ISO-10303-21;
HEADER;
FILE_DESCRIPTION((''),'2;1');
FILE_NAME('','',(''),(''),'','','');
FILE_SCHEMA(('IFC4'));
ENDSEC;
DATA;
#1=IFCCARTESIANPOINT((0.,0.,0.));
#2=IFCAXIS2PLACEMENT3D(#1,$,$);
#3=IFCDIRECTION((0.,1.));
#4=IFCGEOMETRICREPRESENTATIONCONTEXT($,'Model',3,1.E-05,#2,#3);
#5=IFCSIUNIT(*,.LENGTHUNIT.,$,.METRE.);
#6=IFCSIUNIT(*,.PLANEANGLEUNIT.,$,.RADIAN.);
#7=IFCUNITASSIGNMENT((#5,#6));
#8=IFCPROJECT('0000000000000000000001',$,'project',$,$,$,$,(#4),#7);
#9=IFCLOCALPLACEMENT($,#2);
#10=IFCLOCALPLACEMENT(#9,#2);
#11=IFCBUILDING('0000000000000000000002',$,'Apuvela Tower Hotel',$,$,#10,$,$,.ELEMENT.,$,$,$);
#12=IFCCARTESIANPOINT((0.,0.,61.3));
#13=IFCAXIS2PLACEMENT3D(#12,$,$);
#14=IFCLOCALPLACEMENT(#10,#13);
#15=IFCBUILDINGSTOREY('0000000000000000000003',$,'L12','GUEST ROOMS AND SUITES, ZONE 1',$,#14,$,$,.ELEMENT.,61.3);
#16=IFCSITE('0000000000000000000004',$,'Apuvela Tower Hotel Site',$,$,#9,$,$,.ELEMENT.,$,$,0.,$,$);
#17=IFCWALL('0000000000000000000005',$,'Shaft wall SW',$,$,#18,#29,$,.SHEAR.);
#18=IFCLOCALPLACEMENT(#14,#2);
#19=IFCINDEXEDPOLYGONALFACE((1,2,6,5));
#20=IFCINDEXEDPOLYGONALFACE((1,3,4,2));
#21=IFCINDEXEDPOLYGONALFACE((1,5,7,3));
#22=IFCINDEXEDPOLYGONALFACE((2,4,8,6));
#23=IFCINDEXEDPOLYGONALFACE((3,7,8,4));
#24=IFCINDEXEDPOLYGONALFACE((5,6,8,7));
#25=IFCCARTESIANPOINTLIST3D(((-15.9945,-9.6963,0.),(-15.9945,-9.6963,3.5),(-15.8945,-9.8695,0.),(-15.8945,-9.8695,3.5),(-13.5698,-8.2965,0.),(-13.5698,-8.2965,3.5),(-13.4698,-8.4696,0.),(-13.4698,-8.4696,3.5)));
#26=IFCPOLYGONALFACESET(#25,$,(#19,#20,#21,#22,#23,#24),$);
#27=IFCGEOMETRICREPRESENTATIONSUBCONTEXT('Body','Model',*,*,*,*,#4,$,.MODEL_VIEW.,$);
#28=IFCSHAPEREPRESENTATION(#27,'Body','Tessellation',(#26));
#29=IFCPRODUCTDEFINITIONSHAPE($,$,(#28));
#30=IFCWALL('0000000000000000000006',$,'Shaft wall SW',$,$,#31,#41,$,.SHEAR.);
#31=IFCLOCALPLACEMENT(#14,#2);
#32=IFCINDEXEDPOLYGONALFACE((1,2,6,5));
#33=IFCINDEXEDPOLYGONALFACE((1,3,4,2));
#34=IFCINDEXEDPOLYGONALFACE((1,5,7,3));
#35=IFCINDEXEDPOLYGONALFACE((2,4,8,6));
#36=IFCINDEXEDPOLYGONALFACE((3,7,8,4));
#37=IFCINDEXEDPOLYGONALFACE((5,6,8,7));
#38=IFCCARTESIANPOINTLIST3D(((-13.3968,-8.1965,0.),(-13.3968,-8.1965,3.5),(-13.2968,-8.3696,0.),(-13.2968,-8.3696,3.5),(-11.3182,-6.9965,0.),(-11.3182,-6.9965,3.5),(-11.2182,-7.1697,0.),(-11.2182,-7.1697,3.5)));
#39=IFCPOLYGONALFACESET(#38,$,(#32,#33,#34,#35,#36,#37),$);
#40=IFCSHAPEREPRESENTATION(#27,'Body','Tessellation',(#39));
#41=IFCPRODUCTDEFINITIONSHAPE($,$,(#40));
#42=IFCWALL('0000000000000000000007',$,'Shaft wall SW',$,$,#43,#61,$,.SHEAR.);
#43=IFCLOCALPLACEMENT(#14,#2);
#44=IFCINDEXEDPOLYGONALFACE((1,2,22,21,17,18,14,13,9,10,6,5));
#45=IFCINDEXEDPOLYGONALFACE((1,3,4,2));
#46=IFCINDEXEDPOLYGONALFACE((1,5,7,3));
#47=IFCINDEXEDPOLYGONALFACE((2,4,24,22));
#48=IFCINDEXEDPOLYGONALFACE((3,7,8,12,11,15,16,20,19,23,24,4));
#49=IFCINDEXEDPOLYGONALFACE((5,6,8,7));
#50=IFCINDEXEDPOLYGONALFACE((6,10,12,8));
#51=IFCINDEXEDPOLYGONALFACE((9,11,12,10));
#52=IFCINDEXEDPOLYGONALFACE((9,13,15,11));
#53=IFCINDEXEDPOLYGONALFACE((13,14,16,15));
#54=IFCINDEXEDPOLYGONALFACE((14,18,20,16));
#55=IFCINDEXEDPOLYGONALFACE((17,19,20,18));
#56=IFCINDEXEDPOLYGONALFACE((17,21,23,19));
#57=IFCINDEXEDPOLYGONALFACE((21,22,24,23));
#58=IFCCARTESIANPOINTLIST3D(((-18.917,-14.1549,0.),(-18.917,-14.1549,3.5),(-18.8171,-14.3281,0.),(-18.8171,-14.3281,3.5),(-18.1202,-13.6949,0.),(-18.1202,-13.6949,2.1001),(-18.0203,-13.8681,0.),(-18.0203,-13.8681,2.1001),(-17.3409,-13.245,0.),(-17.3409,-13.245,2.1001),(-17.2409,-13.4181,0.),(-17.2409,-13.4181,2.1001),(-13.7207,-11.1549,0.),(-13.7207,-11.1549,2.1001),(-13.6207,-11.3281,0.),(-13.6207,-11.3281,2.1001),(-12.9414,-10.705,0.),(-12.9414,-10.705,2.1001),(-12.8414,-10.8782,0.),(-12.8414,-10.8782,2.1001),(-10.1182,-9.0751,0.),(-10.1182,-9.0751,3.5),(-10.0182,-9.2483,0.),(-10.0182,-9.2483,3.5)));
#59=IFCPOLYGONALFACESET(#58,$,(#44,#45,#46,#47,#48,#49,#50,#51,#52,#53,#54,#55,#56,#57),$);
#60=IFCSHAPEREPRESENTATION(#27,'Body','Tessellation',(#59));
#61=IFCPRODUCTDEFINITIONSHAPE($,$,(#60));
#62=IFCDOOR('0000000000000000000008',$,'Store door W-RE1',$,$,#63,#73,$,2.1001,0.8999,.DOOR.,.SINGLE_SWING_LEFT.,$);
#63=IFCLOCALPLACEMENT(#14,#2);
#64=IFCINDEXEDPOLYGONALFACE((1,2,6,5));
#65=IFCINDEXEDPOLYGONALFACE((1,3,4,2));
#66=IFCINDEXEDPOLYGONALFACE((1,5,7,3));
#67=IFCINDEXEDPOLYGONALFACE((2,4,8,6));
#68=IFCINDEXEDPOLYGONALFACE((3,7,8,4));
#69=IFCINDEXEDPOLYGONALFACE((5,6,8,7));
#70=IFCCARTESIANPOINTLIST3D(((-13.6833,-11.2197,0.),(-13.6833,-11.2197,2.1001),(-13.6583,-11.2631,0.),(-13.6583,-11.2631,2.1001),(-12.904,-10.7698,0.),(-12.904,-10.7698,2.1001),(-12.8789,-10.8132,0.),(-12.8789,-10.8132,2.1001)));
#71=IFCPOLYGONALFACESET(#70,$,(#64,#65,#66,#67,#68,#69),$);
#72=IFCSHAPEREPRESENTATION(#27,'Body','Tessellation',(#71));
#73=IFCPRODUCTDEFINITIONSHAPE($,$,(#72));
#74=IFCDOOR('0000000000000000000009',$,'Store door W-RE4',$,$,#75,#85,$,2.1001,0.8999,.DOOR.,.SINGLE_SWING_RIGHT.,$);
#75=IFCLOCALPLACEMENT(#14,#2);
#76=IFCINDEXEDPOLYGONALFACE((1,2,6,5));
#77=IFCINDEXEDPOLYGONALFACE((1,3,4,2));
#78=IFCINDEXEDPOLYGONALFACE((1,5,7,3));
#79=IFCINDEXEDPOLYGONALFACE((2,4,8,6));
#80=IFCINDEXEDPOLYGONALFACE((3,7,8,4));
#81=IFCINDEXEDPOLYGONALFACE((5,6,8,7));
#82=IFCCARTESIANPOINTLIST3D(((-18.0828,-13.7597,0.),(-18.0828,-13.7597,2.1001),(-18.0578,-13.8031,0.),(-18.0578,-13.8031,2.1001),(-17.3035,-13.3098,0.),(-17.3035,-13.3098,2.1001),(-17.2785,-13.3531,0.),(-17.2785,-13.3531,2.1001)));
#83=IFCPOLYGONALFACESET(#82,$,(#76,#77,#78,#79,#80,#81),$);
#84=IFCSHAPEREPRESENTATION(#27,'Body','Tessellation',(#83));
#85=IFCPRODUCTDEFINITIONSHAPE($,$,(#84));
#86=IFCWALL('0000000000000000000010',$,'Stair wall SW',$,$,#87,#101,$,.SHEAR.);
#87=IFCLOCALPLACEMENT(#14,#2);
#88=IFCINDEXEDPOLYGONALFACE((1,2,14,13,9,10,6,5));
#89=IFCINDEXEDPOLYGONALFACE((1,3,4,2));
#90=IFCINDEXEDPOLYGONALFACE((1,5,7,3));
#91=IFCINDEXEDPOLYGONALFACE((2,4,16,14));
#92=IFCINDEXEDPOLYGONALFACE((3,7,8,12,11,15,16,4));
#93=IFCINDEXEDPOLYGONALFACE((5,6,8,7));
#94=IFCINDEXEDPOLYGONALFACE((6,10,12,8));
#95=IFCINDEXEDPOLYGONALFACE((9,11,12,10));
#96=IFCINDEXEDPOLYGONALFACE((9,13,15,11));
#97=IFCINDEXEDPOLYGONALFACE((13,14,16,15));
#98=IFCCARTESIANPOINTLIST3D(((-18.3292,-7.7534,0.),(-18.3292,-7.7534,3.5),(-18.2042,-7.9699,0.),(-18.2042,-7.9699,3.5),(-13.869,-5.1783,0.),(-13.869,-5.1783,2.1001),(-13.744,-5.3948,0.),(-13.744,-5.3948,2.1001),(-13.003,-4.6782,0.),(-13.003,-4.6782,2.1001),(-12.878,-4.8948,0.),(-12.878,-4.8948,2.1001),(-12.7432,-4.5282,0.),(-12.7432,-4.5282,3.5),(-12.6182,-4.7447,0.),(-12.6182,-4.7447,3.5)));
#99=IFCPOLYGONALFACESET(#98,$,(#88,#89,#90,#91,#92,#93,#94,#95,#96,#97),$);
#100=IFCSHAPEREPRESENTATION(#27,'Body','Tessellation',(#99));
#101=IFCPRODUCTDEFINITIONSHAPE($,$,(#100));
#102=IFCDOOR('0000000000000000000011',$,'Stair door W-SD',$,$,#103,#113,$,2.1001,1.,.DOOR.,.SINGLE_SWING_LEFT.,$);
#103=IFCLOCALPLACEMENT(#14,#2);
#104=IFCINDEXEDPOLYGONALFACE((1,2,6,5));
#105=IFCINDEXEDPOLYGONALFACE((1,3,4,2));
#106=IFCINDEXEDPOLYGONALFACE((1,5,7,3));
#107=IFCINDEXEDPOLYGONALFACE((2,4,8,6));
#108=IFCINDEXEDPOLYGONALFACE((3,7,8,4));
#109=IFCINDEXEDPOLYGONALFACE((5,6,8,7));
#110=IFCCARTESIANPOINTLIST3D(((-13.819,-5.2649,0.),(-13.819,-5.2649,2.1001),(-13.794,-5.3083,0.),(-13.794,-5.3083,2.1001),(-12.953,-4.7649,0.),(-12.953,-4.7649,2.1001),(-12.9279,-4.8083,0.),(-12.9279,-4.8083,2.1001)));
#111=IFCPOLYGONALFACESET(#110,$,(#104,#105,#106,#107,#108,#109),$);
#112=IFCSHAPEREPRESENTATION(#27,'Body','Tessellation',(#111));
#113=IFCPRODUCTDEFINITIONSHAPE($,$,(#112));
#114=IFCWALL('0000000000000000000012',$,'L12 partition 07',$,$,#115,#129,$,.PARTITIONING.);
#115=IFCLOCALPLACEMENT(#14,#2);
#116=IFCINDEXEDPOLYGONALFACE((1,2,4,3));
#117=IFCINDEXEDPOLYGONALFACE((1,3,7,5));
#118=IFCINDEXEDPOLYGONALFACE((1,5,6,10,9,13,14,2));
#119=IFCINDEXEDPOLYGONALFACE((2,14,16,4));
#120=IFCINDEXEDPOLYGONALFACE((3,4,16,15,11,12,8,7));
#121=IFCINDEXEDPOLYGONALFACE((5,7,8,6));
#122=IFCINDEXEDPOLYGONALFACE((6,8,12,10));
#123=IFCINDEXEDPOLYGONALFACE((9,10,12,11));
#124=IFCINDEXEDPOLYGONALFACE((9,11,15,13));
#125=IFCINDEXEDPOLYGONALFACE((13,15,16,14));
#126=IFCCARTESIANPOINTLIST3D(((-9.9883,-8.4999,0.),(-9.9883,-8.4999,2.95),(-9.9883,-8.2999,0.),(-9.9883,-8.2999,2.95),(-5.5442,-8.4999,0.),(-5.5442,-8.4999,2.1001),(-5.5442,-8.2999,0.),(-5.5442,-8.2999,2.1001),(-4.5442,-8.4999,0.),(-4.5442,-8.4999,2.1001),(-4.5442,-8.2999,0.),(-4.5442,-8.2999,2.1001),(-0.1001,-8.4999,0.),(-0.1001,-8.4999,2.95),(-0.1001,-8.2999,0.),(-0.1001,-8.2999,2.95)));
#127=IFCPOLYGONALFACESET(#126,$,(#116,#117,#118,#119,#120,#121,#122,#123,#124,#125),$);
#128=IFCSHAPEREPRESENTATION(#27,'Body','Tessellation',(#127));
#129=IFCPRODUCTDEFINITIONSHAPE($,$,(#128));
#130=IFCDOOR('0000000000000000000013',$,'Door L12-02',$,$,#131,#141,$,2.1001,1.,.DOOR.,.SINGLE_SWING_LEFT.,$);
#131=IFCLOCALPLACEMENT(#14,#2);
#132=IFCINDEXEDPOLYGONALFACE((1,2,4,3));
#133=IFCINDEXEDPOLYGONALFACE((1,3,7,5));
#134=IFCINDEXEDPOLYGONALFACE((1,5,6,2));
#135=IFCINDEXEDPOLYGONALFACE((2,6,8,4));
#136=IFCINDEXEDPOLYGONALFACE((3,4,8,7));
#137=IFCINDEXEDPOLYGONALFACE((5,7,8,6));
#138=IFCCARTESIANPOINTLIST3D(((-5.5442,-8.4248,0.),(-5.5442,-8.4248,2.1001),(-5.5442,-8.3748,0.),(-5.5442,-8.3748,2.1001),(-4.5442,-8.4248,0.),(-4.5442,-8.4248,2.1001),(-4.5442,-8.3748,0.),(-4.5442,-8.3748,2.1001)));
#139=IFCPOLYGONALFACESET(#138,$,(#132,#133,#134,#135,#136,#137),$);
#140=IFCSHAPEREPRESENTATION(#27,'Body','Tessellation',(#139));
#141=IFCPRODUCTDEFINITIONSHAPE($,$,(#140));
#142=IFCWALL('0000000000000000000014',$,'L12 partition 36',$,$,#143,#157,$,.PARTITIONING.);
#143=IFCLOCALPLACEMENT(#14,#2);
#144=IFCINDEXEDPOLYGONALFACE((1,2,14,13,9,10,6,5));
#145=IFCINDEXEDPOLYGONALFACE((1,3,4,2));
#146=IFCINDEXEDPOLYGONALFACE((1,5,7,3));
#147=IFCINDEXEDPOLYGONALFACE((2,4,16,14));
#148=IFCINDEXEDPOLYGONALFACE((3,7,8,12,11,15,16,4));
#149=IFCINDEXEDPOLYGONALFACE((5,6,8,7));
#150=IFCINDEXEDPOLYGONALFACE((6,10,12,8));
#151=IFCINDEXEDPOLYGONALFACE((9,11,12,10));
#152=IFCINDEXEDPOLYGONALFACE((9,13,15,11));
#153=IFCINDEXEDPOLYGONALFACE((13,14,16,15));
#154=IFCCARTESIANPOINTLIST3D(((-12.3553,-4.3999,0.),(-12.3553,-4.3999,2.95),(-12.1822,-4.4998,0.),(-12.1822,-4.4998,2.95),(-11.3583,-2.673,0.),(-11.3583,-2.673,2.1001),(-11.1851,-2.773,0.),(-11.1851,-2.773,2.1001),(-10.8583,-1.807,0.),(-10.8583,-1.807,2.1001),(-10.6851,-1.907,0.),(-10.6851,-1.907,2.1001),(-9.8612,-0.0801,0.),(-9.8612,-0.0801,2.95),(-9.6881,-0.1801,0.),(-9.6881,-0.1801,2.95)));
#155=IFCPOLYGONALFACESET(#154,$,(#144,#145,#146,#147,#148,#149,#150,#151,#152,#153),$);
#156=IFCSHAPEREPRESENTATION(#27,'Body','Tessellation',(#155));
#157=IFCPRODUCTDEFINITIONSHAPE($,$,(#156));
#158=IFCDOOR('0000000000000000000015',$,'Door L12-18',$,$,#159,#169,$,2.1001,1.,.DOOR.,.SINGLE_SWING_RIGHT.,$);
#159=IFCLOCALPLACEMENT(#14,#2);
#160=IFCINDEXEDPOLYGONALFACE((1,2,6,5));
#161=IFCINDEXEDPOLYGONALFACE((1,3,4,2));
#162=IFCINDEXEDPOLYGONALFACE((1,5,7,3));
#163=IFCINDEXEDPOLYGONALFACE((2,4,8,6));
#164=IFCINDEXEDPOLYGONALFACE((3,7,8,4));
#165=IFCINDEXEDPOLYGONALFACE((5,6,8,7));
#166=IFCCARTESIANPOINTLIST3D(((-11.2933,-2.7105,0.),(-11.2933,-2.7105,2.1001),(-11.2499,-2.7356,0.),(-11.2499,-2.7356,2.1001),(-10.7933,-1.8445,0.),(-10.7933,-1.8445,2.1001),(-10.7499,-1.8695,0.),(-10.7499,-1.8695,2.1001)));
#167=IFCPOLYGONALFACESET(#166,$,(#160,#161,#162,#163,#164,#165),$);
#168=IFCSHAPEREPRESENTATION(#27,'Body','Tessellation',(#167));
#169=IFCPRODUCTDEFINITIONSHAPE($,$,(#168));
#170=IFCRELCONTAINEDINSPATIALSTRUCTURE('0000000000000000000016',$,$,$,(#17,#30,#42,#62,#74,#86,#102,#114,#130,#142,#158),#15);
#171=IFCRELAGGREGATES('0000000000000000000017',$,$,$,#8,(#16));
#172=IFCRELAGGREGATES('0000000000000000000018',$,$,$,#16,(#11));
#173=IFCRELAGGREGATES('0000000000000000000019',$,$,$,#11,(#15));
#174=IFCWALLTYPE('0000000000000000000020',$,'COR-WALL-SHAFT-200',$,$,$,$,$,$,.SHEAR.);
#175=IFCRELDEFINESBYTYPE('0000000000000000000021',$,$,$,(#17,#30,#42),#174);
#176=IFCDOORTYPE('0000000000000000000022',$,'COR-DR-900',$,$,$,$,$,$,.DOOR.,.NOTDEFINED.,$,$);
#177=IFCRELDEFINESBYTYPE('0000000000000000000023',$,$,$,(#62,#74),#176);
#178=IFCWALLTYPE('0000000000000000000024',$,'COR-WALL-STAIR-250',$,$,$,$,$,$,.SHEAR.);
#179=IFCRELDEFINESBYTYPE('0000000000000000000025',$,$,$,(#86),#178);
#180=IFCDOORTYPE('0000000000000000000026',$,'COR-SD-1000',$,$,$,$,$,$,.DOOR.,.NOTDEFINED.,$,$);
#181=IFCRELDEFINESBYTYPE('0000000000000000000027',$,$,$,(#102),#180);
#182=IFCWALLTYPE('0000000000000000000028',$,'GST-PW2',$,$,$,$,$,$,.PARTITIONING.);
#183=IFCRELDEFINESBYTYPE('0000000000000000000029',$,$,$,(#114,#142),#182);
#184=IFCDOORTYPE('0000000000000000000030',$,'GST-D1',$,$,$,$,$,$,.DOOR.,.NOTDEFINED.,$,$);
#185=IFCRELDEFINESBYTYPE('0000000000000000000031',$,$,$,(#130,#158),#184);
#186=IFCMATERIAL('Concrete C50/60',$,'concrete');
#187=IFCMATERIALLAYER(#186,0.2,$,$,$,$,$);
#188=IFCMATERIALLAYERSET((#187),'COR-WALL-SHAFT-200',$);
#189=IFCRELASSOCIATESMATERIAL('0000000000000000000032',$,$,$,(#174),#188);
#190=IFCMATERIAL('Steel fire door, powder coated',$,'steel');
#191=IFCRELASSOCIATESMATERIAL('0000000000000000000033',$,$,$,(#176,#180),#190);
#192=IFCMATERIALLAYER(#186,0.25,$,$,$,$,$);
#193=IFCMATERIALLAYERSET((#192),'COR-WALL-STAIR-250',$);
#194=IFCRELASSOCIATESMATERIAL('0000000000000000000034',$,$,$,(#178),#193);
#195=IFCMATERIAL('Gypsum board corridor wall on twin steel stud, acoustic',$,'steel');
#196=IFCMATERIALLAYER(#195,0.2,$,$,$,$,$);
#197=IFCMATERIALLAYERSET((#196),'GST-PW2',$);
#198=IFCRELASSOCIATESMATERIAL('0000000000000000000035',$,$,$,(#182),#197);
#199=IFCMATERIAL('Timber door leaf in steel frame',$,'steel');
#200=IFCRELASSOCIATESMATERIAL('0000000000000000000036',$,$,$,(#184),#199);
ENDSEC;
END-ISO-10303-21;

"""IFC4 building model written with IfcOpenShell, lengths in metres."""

from ifc_helpers import new_model, si_unit, direction, frame, frame_2d, origin, place, context, subcontext, project, spatial, rectangle, extrude, material, layer, layer_set, type_object, element, fill, save


model = new_model("IFC4")

# Units and contexts
model_context = context("Model", 3, precision=1e-05, world=origin(), true_north=direction((0.0, 1.0)))
body_context = subcontext(model_context, "Body", "Model", "MODEL_VIEW")
ifc_project = project(units=[si_unit("LENGTHUNIT", "METRE"), si_unit("PLANEANGLEUNIT", "RADIAN")], contexts=[model_context])

# Site, building, storey
site_placement = place(None, origin())
site = spatial("IfcSite", under=ifc_project, at=site_placement, Name="Apuvela Tower Hotel Site", CompositionType="ELEMENT", RefElevation=0.0)
building_placement = place(site_placement, origin())
building = spatial("IfcBuilding", under=site, at=building_placement, Name="Apuvela Tower Hotel", CompositionType="ELEMENT")
storey_placement = place(building_placement, frame((0.0, 0.0, 61.3)))
storey = spatial("IfcBuildingStorey", under=building, at=storey_placement, Name="L12", Description="GUEST ROOMS AND SUITES, ZONE 1", CompositionType="ELEMENT", Elevation=61.3)

# Shared definitions
ifc_material_1 = material(Name="Concrete C50/60", Category="concrete")
ifc_material_2 = material(Name="Steel fire door, powder coated", Category="steel")

# Shared definitions
ifc_layer_1 = layer(ifc_material_1, 0.2)
ifc_layer_set_1 = layer_set([ifc_layer_1], Name="COR-WALL-SHAFT-200")
wall_type_1 = type_object("IfcWallType", Name="COR-WALL-SHAFT-200", PredefinedType="SHEAR", material=ifc_layer_set_1)

# Walls
wall_1_placement = place(storey_placement, frame((-13.5198, -8.3831, 0.0), z_axis=(0.0, 0.0, 1.0), x_axis=(-0.866035, -0.499984, 0.0)))
element("IfcWall", 1, at=wall_1_placement, inside=storey, type_object=wall_type_1, Name="Shaft wall SW", PredefinedType="SHEAR", context=body_context, shape_type="SweptSolid", body=[
    extrude(rectangle(XDim=2.7998, YDim=0.2, at=frame_2d((1.3999, 0.0))), origin(), (0.0, 0.0, 1.0), 3.5),
])
wall_2_placement = place(storey_placement, frame((-11.2681, -7.083, 0.0), z_axis=(0.0, 0.0, 1.0), x_axis=(-0.86605, -0.499957, 0.0)))
element("IfcWall", 2, at=wall_2_placement, inside=storey, type_object=wall_type_1, Name="Shaft wall SW", PredefinedType="SHEAR", context=body_context, shape_type="SweptSolid", body=[
    extrude(rectangle(XDim=2.4001, YDim=0.2, at=frame_2d((1.2002, 0.0))), origin(), (0.0, 0.0, 1.0), 3.5),
])

# Wall, openings, doors
wall_3_placement = place(storey_placement, frame((-10.0681, -9.1616, 0.0), z_axis=(0.0, 0.0, 1.0), x_axis=(-0.866033, -0.499987, 0.0)))
wall_3 = element("IfcWall", 3, at=wall_3_placement, inside=storey, type_object=wall_type_1, Name="Shaft wall SW", PredefinedType="SHEAR", context=body_context, shape_type="SweptSolid", body=[
    extrude(rectangle(XDim=10.1599, YDim=0.2, at=frame_2d((5.0801, 0.0))), origin(), (0.0, 0.0, 1.0), 3.5),
])
opening_1_placement = place(wall_3_placement, frame((3.26, 0.0, 0.0)))
opening_1 = element("IfcOpeningElement", 4, at=opening_1_placement, cuts=wall_3, PredefinedType="OPENING", context=body_context, shape_type="SweptSolid", body=[
    extrude(rectangle(XDim=0.8999, YDim=2.1001, at=frame_2d((0.45, 1.05))), frame((0.0, 0.1099, 0.0), z_axis=(0.0, -1.0, 0.0), x_axis=(1.0, 0.0, 0.0)), (0.0, 0.0, 1.0), 0.22),
])
opening_2_placement = place(wall_3_placement, frame((8.3401, 0.0, 0.0)))
opening_2 = element("IfcOpeningElement", 5, at=opening_2_placement, cuts=wall_3, PredefinedType="OPENING", context=body_context, shape_type="SweptSolid", body=[
    extrude(rectangle(XDim=0.8999, YDim=2.1001, at=frame_2d((0.45, 1.05))), frame((0.0, 0.1099, 0.0), z_axis=(0.0, -1.0, 0.0), x_axis=(1.0, 0.0, 0.0)), (0.0, 0.0, 1.0), 0.22),
])
door_type_1 = type_object("IfcDoorType", Name="COR-DR-900", OperationType="NOTDEFINED", PredefinedType="DOOR", material=ifc_material_2)
door_1_placement = place(opening_1_placement, origin())
door_1 = element("IfcDoor", 6, at=door_1_placement, inside=storey, type_object=door_type_1, Name="Store door W-RE1", OperationType="SINGLE_SWING_LEFT", OverallHeight=2.1001, OverallWidth=0.8999, PredefinedType="DOOR", context=body_context, shape_type="SweptSolid", body=[
    extrude(rectangle(XDim=0.8999, YDim=2.1001, at=frame_2d((0.45, 1.05))), frame((0.0, 0.0249, 0.0), z_axis=(0.0, -1.0, 0.0), x_axis=(1.0, 0.0, 0.0)), (0.0, 0.0, 1.0), 0.05),
])
fill(opening_1, door_1)
door_2_placement = place(opening_2_placement, origin())
door_2 = element("IfcDoor", 7, at=door_2_placement, inside=storey, type_object=door_type_1, Name="Store door W-RE4", OperationType="SINGLE_SWING_RIGHT", OverallHeight=2.1001, OverallWidth=0.8999, PredefinedType="DOOR", context=body_context, shape_type="SweptSolid", body=[
    extrude(rectangle(XDim=0.8999, YDim=2.1001, at=frame_2d((0.45, 1.05))), frame((0.0, 0.0249, 0.0), z_axis=(0.0, -1.0, 0.0), x_axis=(1.0, 0.0, 0.0)), (0.0, 0.0, 1.0), 0.05),
])
fill(opening_2, door_2)

# Walls, openings, doors
ifc_layer_2 = layer(ifc_material_1, 0.25)
ifc_layer_set_2 = layer_set([ifc_layer_2], Name="COR-WALL-STAIR-250")
wall_type_2 = type_object("IfcWallType", Name="COR-WALL-STAIR-250", PredefinedType="SHEAR", material=ifc_layer_set_2)
wall_4_placement = place(storey_placement, frame((-12.6807, -4.6365, 0.0), z_axis=(0.0, 0.0, 1.0), x_axis=(-0.866022, -0.500006, 0.0)))
wall_4 = element("IfcWall", 8, at=wall_4_placement, inside=storey, type_object=wall_type_2, Name="Stair wall SW", PredefinedType="SHEAR", context=body_context, shape_type="SweptSolid", body=[
    extrude(rectangle(XDim=6.4502, YDim=0.25, at=frame_2d((3.2251, 0.0))), origin(), (0.0, 0.0, 1.0), 3.5),
])
opening_3_placement = place(wall_4_placement, frame((0.3, 0.0, 0.0)))
opening_3 = element("IfcOpeningElement", 9, at=opening_3_placement, cuts=wall_4, PredefinedType="OPENING", context=body_context, shape_type="SweptSolid", body=[
    extrude(rectangle(XDim=1.0, YDim=2.1001, at=frame_2d((0.5, 1.05))), frame((0.0, 0.135, 0.0), z_axis=(0.0, -1.0, 0.0), x_axis=(1.0, 0.0, 0.0)), (0.0, 0.0, 1.0), 0.27),
])
door_type_2 = type_object("IfcDoorType", Name="COR-SD-1000", OperationType="NOTDEFINED", PredefinedType="DOOR", material=ifc_material_2)
door_3_placement = place(opening_3_placement, frame((1.0, 0.0, 0.0), z_axis=(0.0, 0.0, 1.0), x_axis=(-1.0, 0.0, 0.0)))
door_3 = element("IfcDoor", 10, at=door_3_placement, inside=storey, type_object=door_type_2, Name="Stair door W-SD", OperationType="SINGLE_SWING_LEFT", OverallHeight=2.1001, OverallWidth=1.0, PredefinedType="DOOR", context=body_context, shape_type="SweptSolid", body=[
    extrude(rectangle(XDim=1.0, YDim=2.1001, at=frame_2d((0.5, 1.05))), frame((0.0, 0.0249, 0.0), z_axis=(0.0, -1.0, 0.0), x_axis=(1.0, 0.0, 0.0)), (0.0, 0.0, 1.0), 0.05),
])
fill(opening_3, door_3)
ifc_material_3 = material(Name="Gypsum board corridor wall on twin steel stud, acoustic", Category="steel")
ifc_layer_3 = layer(ifc_material_3, 0.2)
ifc_layer_set_3 = layer_set([ifc_layer_3], Name="GST-PW2")
wall_type_3 = type_object("IfcWallType", Name="GST-PW2", PredefinedType="PARTITIONING", material=ifc_layer_set_3)
wall_5_placement = place(storey_placement, frame((-0.1001, -8.3999, 0.0), z_axis=(0.0, 0.0, 1.0), x_axis=(-1.0, 0.0, 0.0)))
wall_5 = element("IfcWall", 11, at=wall_5_placement, inside=storey, type_object=wall_type_3, Name="L12 partition 07", PredefinedType="PARTITIONING", context=body_context, shape_type="SweptSolid", body=[
    extrude(rectangle(XDim=9.8882, YDim=0.2, at=frame_2d((4.9441, 0.0))), origin(), (0.0, 0.0, 1.0), 2.95),
])
opening_4_placement = place(wall_5_placement, frame((4.4441, 0.0, 0.0)))
opening_4 = element("IfcOpeningElement", 12, at=opening_4_placement, cuts=wall_5, PredefinedType="OPENING", context=body_context, shape_type="SweptSolid", body=[
    extrude(rectangle(XDim=1.0, YDim=2.1001, at=frame_2d((0.5, 1.05))), frame((0.0, 0.1099, 0.0), z_axis=(0.0, -1.0, 0.0), x_axis=(1.0, 0.0, 0.0)), (0.0, 0.0, 1.0), 0.22),
])
ifc_material_4 = material(Name="Timber door leaf in steel frame", Category="steel")
door_type_3 = type_object("IfcDoorType", Name="GST-D1", OperationType="NOTDEFINED", PredefinedType="DOOR", material=ifc_material_4)
door_4_placement = place(opening_4_placement, origin())
door_4 = element("IfcDoor", 13, at=door_4_placement, inside=storey, type_object=door_type_3, Name="Door L12-02", OperationType="SINGLE_SWING_LEFT", OverallHeight=2.1001, OverallWidth=1.0, PredefinedType="DOOR", context=body_context, shape_type="SweptSolid", body=[
    extrude(rectangle(XDim=1.0, YDim=2.1001, at=frame_2d((0.5, 1.05))), frame((0.0, 0.0249, 0.0), z_axis=(0.0, -1.0, 0.0), x_axis=(1.0, 0.0, 0.0)), (0.0, 0.0, 1.0), 0.05),
])
fill(opening_4, door_4)
wall_6_placement = place(storey_placement, frame((-12.2688, -4.45, 0.0), z_axis=(0.0, 0.0, 1.0), x_axis=(0.500013, 0.866018, 0.0)))
wall_6 = element("IfcWall", 14, at=wall_6_placement, inside=storey, type_object=wall_type_3, Name="L12 partition 36", PredefinedType="PARTITIONING", context=body_context, shape_type="SweptSolid", body=[
    extrude(rectangle(XDim=4.988, YDim=0.2, at=frame_2d((2.4941, 0.0))), origin(), (0.0, 0.0, 1.0), 2.95),
])
opening_5_placement = place(wall_6_placement, frame((1.9941, 0.0, 0.0)))
opening_5 = element("IfcOpeningElement", 15, at=opening_5_placement, cuts=wall_6, PredefinedType="OPENING", context=body_context, shape_type="SweptSolid", body=[
    extrude(rectangle(XDim=1.0, YDim=2.1001, at=frame_2d((0.5, 1.05))), frame((0.0, 0.1099, 0.0), z_axis=(0.0, -1.0, 0.0), x_axis=(1.0, 0.0, 0.0)), (0.0, 0.0, 1.0), 0.22),
])
door_5_placement = place(opening_5_placement, origin())
door_5 = element("IfcDoor", 16, at=door_5_placement, inside=storey, type_object=door_type_3, Name="Door L12-18", OperationType="SINGLE_SWING_RIGHT", OverallHeight=2.1001, OverallWidth=1.0, PredefinedType="DOOR", context=body_context, shape_type="SweptSolid", body=[
    extrude(rectangle(XDim=1.0, YDim=2.1001, at=frame_2d((0.5, 1.05))), frame((0.0, 0.0249, 0.0), z_axis=(0.0, -1.0, 0.0), x_axis=(1.0, 0.0, 0.0)), (0.0, 0.0, 1.0), 0.05),
])
fill(opening_5, door_5)

save(model, "model.ifc")
